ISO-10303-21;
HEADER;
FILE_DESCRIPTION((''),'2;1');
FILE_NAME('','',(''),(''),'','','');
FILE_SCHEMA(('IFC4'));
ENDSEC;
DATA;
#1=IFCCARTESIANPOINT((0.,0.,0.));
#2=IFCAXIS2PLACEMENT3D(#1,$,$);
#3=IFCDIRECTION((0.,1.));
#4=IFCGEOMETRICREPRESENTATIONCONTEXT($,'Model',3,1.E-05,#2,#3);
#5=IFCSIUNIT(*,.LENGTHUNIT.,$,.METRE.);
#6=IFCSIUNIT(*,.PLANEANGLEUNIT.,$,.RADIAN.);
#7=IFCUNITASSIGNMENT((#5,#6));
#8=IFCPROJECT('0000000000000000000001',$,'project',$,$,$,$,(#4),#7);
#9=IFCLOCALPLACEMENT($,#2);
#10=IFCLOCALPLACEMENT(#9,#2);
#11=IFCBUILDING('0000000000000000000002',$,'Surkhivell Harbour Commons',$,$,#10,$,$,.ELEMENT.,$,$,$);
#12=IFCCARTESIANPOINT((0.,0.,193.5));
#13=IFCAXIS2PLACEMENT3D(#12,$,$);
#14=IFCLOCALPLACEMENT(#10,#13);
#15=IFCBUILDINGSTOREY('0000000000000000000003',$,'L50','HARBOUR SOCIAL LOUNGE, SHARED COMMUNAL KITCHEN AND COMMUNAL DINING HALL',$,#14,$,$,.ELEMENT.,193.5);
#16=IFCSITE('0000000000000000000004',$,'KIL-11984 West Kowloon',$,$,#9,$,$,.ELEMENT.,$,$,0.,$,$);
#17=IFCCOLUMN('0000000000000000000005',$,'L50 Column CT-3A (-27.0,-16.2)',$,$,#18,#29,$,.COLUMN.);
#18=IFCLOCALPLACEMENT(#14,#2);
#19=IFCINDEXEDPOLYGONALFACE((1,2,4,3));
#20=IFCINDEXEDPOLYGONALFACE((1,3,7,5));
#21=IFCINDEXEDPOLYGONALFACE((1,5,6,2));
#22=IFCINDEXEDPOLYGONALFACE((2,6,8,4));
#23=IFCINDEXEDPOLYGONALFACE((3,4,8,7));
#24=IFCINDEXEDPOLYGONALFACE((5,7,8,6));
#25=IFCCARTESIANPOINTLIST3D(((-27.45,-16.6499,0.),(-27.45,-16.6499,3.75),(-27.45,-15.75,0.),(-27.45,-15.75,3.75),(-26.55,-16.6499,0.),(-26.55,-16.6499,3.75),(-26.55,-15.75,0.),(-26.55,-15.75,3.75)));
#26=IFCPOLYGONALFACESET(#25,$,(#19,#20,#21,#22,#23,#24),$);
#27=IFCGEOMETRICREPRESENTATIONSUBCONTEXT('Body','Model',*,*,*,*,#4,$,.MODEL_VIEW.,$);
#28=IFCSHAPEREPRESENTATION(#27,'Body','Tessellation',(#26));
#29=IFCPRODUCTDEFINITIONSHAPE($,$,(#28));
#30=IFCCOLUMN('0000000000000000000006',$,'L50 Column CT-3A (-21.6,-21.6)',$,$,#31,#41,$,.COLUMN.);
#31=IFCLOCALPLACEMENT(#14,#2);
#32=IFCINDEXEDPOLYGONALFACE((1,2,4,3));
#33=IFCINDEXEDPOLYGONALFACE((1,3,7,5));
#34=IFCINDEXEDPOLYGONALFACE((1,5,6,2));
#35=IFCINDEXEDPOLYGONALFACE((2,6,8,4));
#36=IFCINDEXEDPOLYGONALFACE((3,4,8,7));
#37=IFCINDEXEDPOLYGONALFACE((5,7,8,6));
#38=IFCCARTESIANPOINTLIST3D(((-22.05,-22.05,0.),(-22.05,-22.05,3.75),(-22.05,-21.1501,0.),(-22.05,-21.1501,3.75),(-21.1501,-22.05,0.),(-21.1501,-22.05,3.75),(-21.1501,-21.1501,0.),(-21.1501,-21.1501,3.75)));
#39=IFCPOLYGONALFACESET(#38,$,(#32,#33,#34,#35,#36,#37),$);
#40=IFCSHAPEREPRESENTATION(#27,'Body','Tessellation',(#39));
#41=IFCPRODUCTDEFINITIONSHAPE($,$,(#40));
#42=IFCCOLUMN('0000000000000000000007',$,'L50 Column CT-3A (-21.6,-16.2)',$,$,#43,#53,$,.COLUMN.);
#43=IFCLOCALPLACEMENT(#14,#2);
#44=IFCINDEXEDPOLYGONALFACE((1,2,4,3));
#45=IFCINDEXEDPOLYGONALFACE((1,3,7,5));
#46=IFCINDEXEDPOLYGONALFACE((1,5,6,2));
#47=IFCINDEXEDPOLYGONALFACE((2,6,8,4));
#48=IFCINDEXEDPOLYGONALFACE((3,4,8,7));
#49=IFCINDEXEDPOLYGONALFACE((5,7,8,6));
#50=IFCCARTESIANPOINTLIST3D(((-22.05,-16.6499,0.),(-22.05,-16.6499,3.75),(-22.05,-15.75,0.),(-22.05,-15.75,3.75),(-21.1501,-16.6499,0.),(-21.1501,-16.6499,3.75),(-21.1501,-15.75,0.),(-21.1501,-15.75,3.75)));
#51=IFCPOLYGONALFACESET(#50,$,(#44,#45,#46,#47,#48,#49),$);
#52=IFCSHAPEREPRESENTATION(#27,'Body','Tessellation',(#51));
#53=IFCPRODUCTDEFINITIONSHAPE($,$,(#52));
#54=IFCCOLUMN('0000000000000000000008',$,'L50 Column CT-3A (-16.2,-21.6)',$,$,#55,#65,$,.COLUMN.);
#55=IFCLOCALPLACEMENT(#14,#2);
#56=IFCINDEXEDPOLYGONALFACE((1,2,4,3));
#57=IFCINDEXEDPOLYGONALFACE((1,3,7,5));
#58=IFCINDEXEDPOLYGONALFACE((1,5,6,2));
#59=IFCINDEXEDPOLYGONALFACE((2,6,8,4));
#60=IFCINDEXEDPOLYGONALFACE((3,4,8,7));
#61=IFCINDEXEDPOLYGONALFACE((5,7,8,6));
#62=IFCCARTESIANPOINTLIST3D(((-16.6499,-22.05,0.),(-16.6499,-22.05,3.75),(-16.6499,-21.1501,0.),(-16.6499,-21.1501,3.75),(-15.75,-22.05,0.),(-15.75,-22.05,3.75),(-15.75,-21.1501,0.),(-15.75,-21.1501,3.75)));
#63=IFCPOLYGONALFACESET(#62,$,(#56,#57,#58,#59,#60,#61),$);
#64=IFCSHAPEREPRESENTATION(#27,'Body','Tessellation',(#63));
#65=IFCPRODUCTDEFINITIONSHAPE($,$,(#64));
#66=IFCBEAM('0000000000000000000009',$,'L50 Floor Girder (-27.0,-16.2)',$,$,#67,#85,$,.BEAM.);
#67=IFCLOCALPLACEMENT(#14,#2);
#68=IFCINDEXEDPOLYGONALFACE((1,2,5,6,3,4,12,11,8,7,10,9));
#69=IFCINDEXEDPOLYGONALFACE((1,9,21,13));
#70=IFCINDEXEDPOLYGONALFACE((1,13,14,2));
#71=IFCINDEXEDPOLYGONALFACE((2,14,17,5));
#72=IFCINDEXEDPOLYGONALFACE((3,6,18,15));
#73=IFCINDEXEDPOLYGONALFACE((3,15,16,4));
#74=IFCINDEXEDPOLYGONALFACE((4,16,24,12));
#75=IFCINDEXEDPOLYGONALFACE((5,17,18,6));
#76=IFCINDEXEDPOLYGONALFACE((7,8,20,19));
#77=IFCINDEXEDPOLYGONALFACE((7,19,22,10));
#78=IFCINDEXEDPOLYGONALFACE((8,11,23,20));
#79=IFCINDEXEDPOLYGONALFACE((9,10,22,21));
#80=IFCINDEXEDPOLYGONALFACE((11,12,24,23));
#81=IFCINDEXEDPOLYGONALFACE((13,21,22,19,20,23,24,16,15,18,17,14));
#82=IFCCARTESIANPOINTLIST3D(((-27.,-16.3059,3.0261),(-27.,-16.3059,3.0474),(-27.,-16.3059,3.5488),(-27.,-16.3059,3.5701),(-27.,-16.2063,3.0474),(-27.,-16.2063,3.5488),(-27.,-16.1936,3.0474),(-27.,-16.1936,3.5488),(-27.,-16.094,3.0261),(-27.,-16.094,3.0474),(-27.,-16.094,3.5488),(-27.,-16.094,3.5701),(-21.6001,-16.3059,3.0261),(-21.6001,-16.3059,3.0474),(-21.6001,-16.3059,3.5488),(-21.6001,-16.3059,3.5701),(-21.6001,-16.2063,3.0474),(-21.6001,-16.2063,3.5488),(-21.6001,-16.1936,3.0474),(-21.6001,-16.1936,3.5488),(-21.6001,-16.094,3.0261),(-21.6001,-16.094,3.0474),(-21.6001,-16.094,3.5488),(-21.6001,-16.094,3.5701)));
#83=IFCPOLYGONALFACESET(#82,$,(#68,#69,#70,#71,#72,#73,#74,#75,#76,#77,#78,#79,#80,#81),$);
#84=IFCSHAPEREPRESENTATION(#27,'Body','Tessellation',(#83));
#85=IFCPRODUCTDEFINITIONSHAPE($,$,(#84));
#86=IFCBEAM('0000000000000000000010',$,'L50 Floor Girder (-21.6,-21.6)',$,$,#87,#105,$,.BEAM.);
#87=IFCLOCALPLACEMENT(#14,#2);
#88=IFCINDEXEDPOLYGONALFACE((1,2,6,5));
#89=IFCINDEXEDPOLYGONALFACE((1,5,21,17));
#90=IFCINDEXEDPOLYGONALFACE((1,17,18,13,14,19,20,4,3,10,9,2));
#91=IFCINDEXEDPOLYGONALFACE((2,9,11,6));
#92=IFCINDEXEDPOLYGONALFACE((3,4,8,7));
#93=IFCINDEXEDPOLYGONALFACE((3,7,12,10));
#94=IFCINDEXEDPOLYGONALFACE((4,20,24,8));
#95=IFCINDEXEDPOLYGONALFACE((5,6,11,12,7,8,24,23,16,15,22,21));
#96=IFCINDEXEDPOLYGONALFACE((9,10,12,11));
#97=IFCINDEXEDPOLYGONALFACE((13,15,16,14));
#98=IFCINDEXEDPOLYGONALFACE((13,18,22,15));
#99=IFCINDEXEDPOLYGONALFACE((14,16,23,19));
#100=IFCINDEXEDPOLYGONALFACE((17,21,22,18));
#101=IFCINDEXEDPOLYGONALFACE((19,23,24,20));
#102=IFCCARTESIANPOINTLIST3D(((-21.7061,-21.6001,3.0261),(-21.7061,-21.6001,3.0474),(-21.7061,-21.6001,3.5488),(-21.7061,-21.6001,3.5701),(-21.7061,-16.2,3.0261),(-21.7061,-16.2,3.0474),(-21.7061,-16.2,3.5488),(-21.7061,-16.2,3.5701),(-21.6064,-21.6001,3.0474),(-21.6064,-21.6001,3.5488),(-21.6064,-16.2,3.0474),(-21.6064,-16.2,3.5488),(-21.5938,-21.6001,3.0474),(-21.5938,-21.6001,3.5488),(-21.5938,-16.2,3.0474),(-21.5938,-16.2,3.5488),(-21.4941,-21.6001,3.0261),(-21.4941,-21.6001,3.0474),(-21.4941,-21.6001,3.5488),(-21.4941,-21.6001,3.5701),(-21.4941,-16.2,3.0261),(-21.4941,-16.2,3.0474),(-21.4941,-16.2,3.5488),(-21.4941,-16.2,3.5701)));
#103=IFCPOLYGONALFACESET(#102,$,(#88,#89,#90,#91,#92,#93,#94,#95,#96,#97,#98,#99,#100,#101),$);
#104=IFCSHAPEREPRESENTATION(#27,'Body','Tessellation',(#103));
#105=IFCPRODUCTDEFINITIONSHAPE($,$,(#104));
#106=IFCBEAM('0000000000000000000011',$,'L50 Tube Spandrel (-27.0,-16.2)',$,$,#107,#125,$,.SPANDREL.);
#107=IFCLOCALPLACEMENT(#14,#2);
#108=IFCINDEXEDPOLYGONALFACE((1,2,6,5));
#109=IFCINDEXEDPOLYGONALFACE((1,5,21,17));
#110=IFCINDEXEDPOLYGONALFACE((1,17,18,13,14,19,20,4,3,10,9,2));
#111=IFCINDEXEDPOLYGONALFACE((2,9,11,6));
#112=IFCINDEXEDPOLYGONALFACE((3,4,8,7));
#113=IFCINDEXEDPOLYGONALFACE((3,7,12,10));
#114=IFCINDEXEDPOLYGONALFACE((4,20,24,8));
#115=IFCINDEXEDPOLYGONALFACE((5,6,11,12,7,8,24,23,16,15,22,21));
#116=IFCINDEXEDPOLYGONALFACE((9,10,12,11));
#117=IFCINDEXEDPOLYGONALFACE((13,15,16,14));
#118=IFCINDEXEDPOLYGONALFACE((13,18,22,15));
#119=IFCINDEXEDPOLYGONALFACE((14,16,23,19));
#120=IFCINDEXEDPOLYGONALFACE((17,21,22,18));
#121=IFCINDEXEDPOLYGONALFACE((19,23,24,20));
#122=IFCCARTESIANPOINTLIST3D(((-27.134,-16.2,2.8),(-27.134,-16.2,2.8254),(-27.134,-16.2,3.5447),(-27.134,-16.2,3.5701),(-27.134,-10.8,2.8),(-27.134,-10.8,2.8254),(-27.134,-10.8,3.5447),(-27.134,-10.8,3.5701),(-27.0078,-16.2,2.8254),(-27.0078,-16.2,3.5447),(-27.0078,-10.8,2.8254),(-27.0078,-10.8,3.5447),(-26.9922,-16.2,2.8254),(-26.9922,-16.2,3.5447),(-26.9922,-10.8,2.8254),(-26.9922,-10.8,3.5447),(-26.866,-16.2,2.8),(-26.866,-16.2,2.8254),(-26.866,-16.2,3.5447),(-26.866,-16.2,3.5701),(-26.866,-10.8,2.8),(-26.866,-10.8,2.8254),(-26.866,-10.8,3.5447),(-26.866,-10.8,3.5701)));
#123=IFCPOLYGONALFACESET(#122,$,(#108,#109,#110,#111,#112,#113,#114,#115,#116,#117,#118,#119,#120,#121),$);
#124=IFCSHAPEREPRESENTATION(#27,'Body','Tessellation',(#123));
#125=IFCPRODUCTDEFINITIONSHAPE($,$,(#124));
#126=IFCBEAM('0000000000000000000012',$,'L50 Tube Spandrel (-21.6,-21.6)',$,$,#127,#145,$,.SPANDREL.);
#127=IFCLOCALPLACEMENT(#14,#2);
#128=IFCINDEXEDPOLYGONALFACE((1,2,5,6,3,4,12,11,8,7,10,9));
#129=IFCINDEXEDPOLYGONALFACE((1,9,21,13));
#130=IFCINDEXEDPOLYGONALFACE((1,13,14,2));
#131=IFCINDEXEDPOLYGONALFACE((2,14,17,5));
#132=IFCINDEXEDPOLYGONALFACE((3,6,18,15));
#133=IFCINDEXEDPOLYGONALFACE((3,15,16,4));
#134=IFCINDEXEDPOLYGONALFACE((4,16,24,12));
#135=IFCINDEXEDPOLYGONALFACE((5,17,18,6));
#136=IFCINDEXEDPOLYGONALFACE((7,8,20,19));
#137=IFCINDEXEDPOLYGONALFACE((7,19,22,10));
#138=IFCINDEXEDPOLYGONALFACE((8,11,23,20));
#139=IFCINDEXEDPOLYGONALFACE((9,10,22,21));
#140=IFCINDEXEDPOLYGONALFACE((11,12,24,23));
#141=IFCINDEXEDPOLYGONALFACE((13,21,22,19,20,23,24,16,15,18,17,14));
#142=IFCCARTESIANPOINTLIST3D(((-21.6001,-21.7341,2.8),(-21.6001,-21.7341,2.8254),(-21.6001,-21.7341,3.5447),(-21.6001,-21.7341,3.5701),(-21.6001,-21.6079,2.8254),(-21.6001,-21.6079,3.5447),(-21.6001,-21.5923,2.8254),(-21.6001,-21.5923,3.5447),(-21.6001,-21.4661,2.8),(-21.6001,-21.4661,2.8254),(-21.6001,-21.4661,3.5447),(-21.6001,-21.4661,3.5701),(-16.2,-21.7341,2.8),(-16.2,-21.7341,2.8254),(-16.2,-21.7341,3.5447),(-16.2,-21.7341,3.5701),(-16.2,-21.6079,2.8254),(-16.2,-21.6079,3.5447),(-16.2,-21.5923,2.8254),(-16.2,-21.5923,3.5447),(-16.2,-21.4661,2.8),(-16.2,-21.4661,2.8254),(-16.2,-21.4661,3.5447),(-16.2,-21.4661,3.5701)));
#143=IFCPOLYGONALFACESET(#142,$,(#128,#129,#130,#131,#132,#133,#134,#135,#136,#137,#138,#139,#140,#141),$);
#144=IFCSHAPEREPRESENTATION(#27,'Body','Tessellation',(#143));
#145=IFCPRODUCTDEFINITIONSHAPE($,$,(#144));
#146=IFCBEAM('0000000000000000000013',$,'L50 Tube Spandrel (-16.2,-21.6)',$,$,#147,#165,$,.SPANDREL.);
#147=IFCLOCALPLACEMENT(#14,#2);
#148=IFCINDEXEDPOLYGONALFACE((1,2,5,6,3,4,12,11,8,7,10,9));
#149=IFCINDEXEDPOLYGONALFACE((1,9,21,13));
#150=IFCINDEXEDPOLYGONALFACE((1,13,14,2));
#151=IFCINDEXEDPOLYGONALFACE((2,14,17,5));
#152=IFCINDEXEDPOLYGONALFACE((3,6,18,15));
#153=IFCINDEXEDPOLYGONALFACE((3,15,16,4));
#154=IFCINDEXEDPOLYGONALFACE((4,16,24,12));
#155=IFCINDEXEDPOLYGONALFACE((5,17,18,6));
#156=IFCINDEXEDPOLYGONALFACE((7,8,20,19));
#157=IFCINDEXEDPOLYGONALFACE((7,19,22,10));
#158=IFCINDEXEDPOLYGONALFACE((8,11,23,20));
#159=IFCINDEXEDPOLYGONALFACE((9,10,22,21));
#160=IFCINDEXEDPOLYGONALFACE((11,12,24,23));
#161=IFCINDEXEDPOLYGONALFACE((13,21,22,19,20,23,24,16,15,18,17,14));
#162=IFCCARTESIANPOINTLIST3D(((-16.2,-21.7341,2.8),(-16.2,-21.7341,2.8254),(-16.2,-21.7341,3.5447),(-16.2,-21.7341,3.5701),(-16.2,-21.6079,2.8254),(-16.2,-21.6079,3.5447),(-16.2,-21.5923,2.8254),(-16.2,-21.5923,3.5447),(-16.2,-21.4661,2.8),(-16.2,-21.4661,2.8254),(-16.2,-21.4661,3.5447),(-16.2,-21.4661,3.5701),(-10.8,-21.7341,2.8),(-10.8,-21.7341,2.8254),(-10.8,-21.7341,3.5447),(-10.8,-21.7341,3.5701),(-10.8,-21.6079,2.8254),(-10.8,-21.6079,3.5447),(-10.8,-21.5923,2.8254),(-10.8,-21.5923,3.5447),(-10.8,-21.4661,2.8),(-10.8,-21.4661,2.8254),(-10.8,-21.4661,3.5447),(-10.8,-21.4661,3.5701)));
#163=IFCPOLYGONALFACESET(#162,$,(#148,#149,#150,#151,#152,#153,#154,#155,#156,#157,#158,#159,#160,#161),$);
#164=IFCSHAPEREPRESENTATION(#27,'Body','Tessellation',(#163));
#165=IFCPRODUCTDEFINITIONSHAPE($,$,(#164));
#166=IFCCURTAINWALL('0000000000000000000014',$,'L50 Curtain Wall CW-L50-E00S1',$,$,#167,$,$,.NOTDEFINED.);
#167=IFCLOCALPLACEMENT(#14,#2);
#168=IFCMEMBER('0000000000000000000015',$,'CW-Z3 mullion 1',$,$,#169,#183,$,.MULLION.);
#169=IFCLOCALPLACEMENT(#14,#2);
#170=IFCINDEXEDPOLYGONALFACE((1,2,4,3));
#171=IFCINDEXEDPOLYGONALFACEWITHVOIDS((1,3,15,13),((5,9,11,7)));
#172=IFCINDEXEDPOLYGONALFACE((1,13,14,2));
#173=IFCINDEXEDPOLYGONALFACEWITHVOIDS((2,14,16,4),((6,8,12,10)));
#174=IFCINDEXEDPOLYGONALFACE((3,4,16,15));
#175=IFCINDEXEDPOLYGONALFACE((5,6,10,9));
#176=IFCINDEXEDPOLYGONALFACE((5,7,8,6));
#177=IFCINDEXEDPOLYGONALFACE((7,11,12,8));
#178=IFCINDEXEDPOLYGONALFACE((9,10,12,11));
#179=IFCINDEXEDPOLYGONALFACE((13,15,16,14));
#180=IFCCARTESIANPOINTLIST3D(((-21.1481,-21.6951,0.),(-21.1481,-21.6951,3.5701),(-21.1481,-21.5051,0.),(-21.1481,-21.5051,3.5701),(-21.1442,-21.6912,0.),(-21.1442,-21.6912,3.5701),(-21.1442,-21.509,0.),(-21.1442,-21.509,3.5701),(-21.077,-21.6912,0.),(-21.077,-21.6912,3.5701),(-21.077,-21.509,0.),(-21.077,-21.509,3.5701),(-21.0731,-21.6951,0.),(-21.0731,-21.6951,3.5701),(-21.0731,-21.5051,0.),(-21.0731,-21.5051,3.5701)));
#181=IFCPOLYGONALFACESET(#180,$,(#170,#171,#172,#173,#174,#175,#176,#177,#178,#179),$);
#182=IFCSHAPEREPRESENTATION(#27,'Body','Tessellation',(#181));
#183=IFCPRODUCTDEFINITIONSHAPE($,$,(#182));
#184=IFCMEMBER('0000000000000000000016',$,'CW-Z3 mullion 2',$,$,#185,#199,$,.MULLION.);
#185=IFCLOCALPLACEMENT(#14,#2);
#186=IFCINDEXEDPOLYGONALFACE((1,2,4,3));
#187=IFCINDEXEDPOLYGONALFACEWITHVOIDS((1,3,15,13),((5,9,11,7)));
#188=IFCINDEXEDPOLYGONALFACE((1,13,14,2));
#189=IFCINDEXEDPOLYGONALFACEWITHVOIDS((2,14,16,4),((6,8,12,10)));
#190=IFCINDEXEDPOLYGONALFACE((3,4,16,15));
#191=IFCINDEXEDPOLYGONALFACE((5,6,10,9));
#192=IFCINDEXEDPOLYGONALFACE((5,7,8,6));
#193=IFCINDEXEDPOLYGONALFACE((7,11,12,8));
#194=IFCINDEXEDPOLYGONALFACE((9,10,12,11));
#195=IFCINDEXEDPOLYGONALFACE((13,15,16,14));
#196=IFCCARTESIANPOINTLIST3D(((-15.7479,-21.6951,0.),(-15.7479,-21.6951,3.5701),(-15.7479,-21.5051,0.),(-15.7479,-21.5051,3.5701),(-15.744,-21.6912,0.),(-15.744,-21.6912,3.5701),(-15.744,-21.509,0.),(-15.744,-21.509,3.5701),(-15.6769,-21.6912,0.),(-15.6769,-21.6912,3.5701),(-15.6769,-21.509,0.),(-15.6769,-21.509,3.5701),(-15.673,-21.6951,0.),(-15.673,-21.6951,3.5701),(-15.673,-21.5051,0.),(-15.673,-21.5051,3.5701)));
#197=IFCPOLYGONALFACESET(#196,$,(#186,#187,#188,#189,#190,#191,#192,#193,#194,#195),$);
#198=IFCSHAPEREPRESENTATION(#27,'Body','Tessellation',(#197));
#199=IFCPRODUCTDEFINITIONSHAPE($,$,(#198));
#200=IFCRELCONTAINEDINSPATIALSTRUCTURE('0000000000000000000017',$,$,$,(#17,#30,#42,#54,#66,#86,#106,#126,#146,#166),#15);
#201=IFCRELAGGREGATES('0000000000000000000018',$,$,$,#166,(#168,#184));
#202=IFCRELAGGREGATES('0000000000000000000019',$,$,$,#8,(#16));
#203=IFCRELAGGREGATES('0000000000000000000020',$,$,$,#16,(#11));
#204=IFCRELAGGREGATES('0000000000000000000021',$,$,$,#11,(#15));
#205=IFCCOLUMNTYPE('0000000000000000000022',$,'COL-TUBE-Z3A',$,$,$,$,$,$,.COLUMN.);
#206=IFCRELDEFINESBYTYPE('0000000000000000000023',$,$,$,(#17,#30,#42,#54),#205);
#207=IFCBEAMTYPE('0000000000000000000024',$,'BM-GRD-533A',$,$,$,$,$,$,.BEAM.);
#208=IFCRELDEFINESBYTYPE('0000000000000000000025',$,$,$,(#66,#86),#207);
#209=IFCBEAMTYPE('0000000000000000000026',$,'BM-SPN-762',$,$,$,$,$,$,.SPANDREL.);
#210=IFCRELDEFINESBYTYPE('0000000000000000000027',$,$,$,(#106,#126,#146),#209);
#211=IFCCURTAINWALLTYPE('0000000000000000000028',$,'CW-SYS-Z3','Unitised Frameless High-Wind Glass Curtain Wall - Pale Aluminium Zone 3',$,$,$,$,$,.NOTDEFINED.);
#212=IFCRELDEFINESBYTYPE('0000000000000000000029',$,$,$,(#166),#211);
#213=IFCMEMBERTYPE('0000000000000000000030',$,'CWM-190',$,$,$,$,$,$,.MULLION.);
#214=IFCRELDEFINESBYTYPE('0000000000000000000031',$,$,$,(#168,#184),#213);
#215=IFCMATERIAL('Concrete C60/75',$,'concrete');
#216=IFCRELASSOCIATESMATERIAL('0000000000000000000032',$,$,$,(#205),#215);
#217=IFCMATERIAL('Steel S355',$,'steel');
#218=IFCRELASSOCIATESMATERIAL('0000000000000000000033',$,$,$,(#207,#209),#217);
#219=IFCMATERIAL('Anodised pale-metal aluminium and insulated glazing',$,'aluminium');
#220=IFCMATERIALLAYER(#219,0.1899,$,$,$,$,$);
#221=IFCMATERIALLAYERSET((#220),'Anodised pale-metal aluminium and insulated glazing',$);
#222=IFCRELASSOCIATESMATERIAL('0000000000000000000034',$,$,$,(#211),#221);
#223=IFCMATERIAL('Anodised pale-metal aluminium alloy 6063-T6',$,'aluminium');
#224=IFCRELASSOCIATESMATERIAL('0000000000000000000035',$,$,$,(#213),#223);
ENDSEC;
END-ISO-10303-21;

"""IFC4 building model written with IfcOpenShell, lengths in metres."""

from ifc_helpers import new_model, si_unit, direction, frame, origin, origin_2d, place, context, subcontext, project, spatial, rectangle, hollow_rectangle, i_section, extrude, material, layer, layer_set, material_profile, profile_set, type_object, element, aggregate, save


model = new_model("IFC4")

# Units and contexts
model_context = context("Model", 3, precision=1e-05, world=origin(), true_north=direction((0.0, 1.0)))
body_context = subcontext(model_context, "Body", "Model", "MODEL_VIEW")
ifc_project = project(units=[si_unit("LENGTHUNIT", "METRE"), si_unit("PLANEANGLEUNIT", "RADIAN")], contexts=[model_context])

# Site, building, storey
site_placement = place(None, origin())
site = spatial("IfcSite", under=ifc_project, at=site_placement, Name="KIL-11984 West Kowloon", CompositionType="ELEMENT", RefElevation=0.0)
building_placement = place(site_placement, origin())
building = spatial("IfcBuilding", under=site, at=building_placement, Name="Surkhivell Harbour Commons", CompositionType="ELEMENT")
storey_placement = place(building_placement, frame((0.0, 0.0, 193.5)))
storey = spatial("IfcBuildingStorey", under=building, at=storey_placement, Name="L50", Description="HARBOUR SOCIAL LOUNGE, SHARED COMMUNAL KITCHEN AND COMMUNAL DINING HALL", CompositionType="ELEMENT", Elevation=193.5)

# Columns
ifc_material_1 = material(Name="Concrete C60/75", Category="concrete")
ifc_material_profile_1 = material_profile(ifc_material_1, rectangle(XDim=0.8999, YDim=0.8999, at=origin_2d()), Name="RC-COL-900x900")
ifc_profile_set_1 = profile_set([ifc_material_profile_1], Name="Concrete C60/75")
column_type = type_object("IfcColumnType", Name="COL-TUBE-Z3A", PredefinedType="COLUMN", material=ifc_profile_set_1)
for number, where, z_axis, x_axis, name in (
    (1, (-27.0, -16.2, 0.0), (0.0, 0.0, 1.0), (1.0, 0.0, 0.0), "L50 Column CT-3A (-27.0,-16.2)"),
    (2, (-21.6001, -21.6001, 0.0), (0.0, 0.0, 1.0), (1.0, 0.0, 0.0), "L50 Column CT-3A (-21.6,-21.6)"),
    (3, (-21.6001, -16.2, 0.0), (0.0, 0.0, 1.0), (1.0, 0.0, 0.0), "L50 Column CT-3A (-21.6,-16.2)"),
    (4, (-16.2, -21.6001, 0.0), (0.0, 0.0, 1.0), (1.0, 0.0, 0.0), "L50 Column CT-3A (-16.2,-21.6)"),
):
    element("IfcColumn", number, at=place(storey_placement, frame(where, z_axis=z_axis, x_axis=x_axis)), inside=storey, type_object=column_type, Name=name, PredefinedType="COLUMN", context=body_context, shape_type="SweptSolid", body=[
        extrude(rectangle(XDim=0.8999, YDim=0.8999, at=origin_2d()), origin(), (0.0, 0.0, 1.0), 3.75),
    ])

# Beams
ifc_material_2 = material(Name="Steel S355", Category="steel")
ifc_material_profile_2 = material_profile(ifc_material_2, i_section(OverallWidth=0.2119, OverallDepth=0.5439, WebThickness=0.0127, FlangeThickness=0.0212, at=origin_2d()), Name="UB533x210x122")
ifc_profile_set_2 = profile_set([ifc_material_profile_2], Name="Steel S355")
beam_type_1 = type_object("IfcBeamType", Name="BM-GRD-533A", PredefinedType="BEAM", material=ifc_profile_set_2)
beam_1_placement = place(storey_placement, frame((-27.0, -16.2, 3.2981), z_axis=(1.0, 0.0, 0.0), x_axis=(0.0, 1.0, 0.0)))
element("IfcBeam", 5, at=beam_1_placement, inside=storey, type_object=beam_type_1, Name="L50 Floor Girder (-27.0,-16.2)", PredefinedType="BEAM", context=body_context, shape_type="SweptSolid", body=[
    extrude(i_section(OverallWidth=0.2119, OverallDepth=0.5439, WebThickness=0.0127, FlangeThickness=0.0212, at=origin_2d()), origin(), (0.0, 0.0, 1.0), 5.3999),
])
beam_2_placement = place(storey_placement, frame((-21.6001, -21.6001, 3.2981), z_axis=(0.0, 1.0, 0.0), x_axis=(-1.0, 0.0, 0.0)))
element("IfcBeam", 6, at=beam_2_placement, inside=storey, type_object=beam_type_1, Name="L50 Floor Girder (-21.6,-21.6)", PredefinedType="BEAM", context=body_context, shape_type="SweptSolid", body=[
    extrude(i_section(OverallWidth=0.2119, OverallDepth=0.5439, WebThickness=0.0127, FlangeThickness=0.0212, at=origin_2d()), origin(), (0.0, 0.0, 1.0), 5.4001),
])
ifc_material_profile_3 = material_profile(ifc_material_2, i_section(OverallWidth=0.2681, OverallDepth=0.77, WebThickness=0.0156, FlangeThickness=0.0254, at=origin_2d()), Name="UB762x267x197")
ifc_profile_set_3 = profile_set([ifc_material_profile_3], Name="Steel S355")
beam_type_2 = type_object("IfcBeamType", Name="BM-SPN-762", PredefinedType="SPANDREL", material=ifc_profile_set_3)
beam_3_placement = place(storey_placement, frame((-27.0, -16.2, 3.1851), z_axis=(0.0, 1.0, 0.0), x_axis=(-1.0, 0.0, 0.0)))
element("IfcBeam", 7, at=beam_3_placement, inside=storey, type_object=beam_type_2, Name="L50 Tube Spandrel (-27.0,-16.2)", PredefinedType="SPANDREL", context=body_context, shape_type="SweptSolid", body=[
    extrude(i_section(OverallWidth=0.2681, OverallDepth=0.77, WebThickness=0.0156, FlangeThickness=0.0254, at=origin_2d()), origin(), (0.0, 0.0, 1.0), 5.3999),
])
beam_4_placement = place(storey_placement, frame((-21.6001, -21.6001, 3.1851), z_axis=(1.0, 0.0, 0.0), x_axis=(0.0, 1.0, 0.0)))
element("IfcBeam", 8, at=beam_4_placement, inside=storey, type_object=beam_type_2, Name="L50 Tube Spandrel (-21.6,-21.6)", PredefinedType="SPANDREL", context=body_context, shape_type="SweptSolid", body=[
    extrude(i_section(OverallWidth=0.2681, OverallDepth=0.77, WebThickness=0.0156, FlangeThickness=0.0254, at=origin_2d()), origin(), (0.0, 0.0, 1.0), 5.4001),
])
beam_5_placement = place(storey_placement, frame((-16.2, -21.6001, 3.1851), z_axis=(1.0, 0.0, 0.0), x_axis=(0.0, 1.0, 0.0)))
element("IfcBeam", 9, at=beam_5_placement, inside=storey, type_object=beam_type_2, Name="L50 Tube Spandrel (-16.2,-21.6)", PredefinedType="SPANDREL", context=body_context, shape_type="SweptSolid", body=[
    extrude(i_section(OverallWidth=0.2681, OverallDepth=0.77, WebThickness=0.0156, FlangeThickness=0.0254, at=origin_2d()), origin(), (0.0, 0.0, 1.0), 5.3999),
])

# Curtain wall, members
ifc_material_3 = material(Name="Anodised pale-metal aluminium and insulated glazing", Category="aluminium")
ifc_layer_1 = layer(ifc_material_3, 0.1899)
ifc_layer_set_1 = layer_set([ifc_layer_1], Name="Anodised pale-metal aluminium and insulated glazing")
curtain_wall_type = type_object("IfcCurtainWallType", Name="CW-SYS-Z3", Description="Unitised Frameless High-Wind Glass Curtain Wall - Pale Aluminium Zone 3", PredefinedType="NOTDEFINED", material=ifc_layer_set_1)
curtain_wall_placement = place(storey_placement, origin())
curtain_wall = element("IfcCurtainWall", 10, at=curtain_wall_placement, inside=storey, type_object=curtain_wall_type, Name="L50 Curtain Wall CW-L50-E00S1", PredefinedType="NOTDEFINED")
ifc_material_4 = material(Name="Anodised pale-metal aluminium alloy 6063-T6", Category="aluminium")
ifc_material_profile_4 = material_profile(ifc_material_4, hollow_rectangle(XDim=0.075, YDim=0.1899, WallThickness=0.0039, at=origin_2d()), Name="ALU-MULL-75x190")
ifc_profile_set_4 = profile_set([ifc_material_profile_4], Name="Anodised pale-metal aluminium alloy 6063-T6")
member_type_1 = type_object("IfcMemberType", Name="CWM-190", PredefinedType="MULLION", material=ifc_profile_set_4)
member_1_placement = place(storey_placement, frame((-21.1106, -21.6001, 0.0), z_axis=(0.0, 0.0, 1.0), x_axis=(1.0, 0.0, 0.0)))
member_1 = element("IfcMember", 11, at=member_1_placement, type_object=member_type_1, Name="CW-Z3 mullion 1", PredefinedType="MULLION", context=body_context, shape_type="SweptSolid", body=[
    extrude(hollow_rectangle(XDim=0.075, YDim=0.1899, WallThickness=0.0039, at=origin_2d()), origin(), (0.0, 0.0, 1.0), 3.5701),
])
member_2_placement = place(storey_placement, frame((-15.7104, -21.6001, 0.0), z_axis=(0.0, 0.0, 1.0), x_axis=(1.0, 0.0, 0.0)))
member_2 = element("IfcMember", 12, at=member_2_placement, type_object=member_type_1, Name="CW-Z3 mullion 2", PredefinedType="MULLION", context=body_context, shape_type="SweptSolid", body=[
    extrude(hollow_rectangle(XDim=0.075, YDim=0.1899, WallThickness=0.0039, at=origin_2d()), origin(), (0.0, 0.0, 1.0), 3.5701),
])
aggregate(curtain_wall, [member_1, member_2])

save(model, "model.ifc")
